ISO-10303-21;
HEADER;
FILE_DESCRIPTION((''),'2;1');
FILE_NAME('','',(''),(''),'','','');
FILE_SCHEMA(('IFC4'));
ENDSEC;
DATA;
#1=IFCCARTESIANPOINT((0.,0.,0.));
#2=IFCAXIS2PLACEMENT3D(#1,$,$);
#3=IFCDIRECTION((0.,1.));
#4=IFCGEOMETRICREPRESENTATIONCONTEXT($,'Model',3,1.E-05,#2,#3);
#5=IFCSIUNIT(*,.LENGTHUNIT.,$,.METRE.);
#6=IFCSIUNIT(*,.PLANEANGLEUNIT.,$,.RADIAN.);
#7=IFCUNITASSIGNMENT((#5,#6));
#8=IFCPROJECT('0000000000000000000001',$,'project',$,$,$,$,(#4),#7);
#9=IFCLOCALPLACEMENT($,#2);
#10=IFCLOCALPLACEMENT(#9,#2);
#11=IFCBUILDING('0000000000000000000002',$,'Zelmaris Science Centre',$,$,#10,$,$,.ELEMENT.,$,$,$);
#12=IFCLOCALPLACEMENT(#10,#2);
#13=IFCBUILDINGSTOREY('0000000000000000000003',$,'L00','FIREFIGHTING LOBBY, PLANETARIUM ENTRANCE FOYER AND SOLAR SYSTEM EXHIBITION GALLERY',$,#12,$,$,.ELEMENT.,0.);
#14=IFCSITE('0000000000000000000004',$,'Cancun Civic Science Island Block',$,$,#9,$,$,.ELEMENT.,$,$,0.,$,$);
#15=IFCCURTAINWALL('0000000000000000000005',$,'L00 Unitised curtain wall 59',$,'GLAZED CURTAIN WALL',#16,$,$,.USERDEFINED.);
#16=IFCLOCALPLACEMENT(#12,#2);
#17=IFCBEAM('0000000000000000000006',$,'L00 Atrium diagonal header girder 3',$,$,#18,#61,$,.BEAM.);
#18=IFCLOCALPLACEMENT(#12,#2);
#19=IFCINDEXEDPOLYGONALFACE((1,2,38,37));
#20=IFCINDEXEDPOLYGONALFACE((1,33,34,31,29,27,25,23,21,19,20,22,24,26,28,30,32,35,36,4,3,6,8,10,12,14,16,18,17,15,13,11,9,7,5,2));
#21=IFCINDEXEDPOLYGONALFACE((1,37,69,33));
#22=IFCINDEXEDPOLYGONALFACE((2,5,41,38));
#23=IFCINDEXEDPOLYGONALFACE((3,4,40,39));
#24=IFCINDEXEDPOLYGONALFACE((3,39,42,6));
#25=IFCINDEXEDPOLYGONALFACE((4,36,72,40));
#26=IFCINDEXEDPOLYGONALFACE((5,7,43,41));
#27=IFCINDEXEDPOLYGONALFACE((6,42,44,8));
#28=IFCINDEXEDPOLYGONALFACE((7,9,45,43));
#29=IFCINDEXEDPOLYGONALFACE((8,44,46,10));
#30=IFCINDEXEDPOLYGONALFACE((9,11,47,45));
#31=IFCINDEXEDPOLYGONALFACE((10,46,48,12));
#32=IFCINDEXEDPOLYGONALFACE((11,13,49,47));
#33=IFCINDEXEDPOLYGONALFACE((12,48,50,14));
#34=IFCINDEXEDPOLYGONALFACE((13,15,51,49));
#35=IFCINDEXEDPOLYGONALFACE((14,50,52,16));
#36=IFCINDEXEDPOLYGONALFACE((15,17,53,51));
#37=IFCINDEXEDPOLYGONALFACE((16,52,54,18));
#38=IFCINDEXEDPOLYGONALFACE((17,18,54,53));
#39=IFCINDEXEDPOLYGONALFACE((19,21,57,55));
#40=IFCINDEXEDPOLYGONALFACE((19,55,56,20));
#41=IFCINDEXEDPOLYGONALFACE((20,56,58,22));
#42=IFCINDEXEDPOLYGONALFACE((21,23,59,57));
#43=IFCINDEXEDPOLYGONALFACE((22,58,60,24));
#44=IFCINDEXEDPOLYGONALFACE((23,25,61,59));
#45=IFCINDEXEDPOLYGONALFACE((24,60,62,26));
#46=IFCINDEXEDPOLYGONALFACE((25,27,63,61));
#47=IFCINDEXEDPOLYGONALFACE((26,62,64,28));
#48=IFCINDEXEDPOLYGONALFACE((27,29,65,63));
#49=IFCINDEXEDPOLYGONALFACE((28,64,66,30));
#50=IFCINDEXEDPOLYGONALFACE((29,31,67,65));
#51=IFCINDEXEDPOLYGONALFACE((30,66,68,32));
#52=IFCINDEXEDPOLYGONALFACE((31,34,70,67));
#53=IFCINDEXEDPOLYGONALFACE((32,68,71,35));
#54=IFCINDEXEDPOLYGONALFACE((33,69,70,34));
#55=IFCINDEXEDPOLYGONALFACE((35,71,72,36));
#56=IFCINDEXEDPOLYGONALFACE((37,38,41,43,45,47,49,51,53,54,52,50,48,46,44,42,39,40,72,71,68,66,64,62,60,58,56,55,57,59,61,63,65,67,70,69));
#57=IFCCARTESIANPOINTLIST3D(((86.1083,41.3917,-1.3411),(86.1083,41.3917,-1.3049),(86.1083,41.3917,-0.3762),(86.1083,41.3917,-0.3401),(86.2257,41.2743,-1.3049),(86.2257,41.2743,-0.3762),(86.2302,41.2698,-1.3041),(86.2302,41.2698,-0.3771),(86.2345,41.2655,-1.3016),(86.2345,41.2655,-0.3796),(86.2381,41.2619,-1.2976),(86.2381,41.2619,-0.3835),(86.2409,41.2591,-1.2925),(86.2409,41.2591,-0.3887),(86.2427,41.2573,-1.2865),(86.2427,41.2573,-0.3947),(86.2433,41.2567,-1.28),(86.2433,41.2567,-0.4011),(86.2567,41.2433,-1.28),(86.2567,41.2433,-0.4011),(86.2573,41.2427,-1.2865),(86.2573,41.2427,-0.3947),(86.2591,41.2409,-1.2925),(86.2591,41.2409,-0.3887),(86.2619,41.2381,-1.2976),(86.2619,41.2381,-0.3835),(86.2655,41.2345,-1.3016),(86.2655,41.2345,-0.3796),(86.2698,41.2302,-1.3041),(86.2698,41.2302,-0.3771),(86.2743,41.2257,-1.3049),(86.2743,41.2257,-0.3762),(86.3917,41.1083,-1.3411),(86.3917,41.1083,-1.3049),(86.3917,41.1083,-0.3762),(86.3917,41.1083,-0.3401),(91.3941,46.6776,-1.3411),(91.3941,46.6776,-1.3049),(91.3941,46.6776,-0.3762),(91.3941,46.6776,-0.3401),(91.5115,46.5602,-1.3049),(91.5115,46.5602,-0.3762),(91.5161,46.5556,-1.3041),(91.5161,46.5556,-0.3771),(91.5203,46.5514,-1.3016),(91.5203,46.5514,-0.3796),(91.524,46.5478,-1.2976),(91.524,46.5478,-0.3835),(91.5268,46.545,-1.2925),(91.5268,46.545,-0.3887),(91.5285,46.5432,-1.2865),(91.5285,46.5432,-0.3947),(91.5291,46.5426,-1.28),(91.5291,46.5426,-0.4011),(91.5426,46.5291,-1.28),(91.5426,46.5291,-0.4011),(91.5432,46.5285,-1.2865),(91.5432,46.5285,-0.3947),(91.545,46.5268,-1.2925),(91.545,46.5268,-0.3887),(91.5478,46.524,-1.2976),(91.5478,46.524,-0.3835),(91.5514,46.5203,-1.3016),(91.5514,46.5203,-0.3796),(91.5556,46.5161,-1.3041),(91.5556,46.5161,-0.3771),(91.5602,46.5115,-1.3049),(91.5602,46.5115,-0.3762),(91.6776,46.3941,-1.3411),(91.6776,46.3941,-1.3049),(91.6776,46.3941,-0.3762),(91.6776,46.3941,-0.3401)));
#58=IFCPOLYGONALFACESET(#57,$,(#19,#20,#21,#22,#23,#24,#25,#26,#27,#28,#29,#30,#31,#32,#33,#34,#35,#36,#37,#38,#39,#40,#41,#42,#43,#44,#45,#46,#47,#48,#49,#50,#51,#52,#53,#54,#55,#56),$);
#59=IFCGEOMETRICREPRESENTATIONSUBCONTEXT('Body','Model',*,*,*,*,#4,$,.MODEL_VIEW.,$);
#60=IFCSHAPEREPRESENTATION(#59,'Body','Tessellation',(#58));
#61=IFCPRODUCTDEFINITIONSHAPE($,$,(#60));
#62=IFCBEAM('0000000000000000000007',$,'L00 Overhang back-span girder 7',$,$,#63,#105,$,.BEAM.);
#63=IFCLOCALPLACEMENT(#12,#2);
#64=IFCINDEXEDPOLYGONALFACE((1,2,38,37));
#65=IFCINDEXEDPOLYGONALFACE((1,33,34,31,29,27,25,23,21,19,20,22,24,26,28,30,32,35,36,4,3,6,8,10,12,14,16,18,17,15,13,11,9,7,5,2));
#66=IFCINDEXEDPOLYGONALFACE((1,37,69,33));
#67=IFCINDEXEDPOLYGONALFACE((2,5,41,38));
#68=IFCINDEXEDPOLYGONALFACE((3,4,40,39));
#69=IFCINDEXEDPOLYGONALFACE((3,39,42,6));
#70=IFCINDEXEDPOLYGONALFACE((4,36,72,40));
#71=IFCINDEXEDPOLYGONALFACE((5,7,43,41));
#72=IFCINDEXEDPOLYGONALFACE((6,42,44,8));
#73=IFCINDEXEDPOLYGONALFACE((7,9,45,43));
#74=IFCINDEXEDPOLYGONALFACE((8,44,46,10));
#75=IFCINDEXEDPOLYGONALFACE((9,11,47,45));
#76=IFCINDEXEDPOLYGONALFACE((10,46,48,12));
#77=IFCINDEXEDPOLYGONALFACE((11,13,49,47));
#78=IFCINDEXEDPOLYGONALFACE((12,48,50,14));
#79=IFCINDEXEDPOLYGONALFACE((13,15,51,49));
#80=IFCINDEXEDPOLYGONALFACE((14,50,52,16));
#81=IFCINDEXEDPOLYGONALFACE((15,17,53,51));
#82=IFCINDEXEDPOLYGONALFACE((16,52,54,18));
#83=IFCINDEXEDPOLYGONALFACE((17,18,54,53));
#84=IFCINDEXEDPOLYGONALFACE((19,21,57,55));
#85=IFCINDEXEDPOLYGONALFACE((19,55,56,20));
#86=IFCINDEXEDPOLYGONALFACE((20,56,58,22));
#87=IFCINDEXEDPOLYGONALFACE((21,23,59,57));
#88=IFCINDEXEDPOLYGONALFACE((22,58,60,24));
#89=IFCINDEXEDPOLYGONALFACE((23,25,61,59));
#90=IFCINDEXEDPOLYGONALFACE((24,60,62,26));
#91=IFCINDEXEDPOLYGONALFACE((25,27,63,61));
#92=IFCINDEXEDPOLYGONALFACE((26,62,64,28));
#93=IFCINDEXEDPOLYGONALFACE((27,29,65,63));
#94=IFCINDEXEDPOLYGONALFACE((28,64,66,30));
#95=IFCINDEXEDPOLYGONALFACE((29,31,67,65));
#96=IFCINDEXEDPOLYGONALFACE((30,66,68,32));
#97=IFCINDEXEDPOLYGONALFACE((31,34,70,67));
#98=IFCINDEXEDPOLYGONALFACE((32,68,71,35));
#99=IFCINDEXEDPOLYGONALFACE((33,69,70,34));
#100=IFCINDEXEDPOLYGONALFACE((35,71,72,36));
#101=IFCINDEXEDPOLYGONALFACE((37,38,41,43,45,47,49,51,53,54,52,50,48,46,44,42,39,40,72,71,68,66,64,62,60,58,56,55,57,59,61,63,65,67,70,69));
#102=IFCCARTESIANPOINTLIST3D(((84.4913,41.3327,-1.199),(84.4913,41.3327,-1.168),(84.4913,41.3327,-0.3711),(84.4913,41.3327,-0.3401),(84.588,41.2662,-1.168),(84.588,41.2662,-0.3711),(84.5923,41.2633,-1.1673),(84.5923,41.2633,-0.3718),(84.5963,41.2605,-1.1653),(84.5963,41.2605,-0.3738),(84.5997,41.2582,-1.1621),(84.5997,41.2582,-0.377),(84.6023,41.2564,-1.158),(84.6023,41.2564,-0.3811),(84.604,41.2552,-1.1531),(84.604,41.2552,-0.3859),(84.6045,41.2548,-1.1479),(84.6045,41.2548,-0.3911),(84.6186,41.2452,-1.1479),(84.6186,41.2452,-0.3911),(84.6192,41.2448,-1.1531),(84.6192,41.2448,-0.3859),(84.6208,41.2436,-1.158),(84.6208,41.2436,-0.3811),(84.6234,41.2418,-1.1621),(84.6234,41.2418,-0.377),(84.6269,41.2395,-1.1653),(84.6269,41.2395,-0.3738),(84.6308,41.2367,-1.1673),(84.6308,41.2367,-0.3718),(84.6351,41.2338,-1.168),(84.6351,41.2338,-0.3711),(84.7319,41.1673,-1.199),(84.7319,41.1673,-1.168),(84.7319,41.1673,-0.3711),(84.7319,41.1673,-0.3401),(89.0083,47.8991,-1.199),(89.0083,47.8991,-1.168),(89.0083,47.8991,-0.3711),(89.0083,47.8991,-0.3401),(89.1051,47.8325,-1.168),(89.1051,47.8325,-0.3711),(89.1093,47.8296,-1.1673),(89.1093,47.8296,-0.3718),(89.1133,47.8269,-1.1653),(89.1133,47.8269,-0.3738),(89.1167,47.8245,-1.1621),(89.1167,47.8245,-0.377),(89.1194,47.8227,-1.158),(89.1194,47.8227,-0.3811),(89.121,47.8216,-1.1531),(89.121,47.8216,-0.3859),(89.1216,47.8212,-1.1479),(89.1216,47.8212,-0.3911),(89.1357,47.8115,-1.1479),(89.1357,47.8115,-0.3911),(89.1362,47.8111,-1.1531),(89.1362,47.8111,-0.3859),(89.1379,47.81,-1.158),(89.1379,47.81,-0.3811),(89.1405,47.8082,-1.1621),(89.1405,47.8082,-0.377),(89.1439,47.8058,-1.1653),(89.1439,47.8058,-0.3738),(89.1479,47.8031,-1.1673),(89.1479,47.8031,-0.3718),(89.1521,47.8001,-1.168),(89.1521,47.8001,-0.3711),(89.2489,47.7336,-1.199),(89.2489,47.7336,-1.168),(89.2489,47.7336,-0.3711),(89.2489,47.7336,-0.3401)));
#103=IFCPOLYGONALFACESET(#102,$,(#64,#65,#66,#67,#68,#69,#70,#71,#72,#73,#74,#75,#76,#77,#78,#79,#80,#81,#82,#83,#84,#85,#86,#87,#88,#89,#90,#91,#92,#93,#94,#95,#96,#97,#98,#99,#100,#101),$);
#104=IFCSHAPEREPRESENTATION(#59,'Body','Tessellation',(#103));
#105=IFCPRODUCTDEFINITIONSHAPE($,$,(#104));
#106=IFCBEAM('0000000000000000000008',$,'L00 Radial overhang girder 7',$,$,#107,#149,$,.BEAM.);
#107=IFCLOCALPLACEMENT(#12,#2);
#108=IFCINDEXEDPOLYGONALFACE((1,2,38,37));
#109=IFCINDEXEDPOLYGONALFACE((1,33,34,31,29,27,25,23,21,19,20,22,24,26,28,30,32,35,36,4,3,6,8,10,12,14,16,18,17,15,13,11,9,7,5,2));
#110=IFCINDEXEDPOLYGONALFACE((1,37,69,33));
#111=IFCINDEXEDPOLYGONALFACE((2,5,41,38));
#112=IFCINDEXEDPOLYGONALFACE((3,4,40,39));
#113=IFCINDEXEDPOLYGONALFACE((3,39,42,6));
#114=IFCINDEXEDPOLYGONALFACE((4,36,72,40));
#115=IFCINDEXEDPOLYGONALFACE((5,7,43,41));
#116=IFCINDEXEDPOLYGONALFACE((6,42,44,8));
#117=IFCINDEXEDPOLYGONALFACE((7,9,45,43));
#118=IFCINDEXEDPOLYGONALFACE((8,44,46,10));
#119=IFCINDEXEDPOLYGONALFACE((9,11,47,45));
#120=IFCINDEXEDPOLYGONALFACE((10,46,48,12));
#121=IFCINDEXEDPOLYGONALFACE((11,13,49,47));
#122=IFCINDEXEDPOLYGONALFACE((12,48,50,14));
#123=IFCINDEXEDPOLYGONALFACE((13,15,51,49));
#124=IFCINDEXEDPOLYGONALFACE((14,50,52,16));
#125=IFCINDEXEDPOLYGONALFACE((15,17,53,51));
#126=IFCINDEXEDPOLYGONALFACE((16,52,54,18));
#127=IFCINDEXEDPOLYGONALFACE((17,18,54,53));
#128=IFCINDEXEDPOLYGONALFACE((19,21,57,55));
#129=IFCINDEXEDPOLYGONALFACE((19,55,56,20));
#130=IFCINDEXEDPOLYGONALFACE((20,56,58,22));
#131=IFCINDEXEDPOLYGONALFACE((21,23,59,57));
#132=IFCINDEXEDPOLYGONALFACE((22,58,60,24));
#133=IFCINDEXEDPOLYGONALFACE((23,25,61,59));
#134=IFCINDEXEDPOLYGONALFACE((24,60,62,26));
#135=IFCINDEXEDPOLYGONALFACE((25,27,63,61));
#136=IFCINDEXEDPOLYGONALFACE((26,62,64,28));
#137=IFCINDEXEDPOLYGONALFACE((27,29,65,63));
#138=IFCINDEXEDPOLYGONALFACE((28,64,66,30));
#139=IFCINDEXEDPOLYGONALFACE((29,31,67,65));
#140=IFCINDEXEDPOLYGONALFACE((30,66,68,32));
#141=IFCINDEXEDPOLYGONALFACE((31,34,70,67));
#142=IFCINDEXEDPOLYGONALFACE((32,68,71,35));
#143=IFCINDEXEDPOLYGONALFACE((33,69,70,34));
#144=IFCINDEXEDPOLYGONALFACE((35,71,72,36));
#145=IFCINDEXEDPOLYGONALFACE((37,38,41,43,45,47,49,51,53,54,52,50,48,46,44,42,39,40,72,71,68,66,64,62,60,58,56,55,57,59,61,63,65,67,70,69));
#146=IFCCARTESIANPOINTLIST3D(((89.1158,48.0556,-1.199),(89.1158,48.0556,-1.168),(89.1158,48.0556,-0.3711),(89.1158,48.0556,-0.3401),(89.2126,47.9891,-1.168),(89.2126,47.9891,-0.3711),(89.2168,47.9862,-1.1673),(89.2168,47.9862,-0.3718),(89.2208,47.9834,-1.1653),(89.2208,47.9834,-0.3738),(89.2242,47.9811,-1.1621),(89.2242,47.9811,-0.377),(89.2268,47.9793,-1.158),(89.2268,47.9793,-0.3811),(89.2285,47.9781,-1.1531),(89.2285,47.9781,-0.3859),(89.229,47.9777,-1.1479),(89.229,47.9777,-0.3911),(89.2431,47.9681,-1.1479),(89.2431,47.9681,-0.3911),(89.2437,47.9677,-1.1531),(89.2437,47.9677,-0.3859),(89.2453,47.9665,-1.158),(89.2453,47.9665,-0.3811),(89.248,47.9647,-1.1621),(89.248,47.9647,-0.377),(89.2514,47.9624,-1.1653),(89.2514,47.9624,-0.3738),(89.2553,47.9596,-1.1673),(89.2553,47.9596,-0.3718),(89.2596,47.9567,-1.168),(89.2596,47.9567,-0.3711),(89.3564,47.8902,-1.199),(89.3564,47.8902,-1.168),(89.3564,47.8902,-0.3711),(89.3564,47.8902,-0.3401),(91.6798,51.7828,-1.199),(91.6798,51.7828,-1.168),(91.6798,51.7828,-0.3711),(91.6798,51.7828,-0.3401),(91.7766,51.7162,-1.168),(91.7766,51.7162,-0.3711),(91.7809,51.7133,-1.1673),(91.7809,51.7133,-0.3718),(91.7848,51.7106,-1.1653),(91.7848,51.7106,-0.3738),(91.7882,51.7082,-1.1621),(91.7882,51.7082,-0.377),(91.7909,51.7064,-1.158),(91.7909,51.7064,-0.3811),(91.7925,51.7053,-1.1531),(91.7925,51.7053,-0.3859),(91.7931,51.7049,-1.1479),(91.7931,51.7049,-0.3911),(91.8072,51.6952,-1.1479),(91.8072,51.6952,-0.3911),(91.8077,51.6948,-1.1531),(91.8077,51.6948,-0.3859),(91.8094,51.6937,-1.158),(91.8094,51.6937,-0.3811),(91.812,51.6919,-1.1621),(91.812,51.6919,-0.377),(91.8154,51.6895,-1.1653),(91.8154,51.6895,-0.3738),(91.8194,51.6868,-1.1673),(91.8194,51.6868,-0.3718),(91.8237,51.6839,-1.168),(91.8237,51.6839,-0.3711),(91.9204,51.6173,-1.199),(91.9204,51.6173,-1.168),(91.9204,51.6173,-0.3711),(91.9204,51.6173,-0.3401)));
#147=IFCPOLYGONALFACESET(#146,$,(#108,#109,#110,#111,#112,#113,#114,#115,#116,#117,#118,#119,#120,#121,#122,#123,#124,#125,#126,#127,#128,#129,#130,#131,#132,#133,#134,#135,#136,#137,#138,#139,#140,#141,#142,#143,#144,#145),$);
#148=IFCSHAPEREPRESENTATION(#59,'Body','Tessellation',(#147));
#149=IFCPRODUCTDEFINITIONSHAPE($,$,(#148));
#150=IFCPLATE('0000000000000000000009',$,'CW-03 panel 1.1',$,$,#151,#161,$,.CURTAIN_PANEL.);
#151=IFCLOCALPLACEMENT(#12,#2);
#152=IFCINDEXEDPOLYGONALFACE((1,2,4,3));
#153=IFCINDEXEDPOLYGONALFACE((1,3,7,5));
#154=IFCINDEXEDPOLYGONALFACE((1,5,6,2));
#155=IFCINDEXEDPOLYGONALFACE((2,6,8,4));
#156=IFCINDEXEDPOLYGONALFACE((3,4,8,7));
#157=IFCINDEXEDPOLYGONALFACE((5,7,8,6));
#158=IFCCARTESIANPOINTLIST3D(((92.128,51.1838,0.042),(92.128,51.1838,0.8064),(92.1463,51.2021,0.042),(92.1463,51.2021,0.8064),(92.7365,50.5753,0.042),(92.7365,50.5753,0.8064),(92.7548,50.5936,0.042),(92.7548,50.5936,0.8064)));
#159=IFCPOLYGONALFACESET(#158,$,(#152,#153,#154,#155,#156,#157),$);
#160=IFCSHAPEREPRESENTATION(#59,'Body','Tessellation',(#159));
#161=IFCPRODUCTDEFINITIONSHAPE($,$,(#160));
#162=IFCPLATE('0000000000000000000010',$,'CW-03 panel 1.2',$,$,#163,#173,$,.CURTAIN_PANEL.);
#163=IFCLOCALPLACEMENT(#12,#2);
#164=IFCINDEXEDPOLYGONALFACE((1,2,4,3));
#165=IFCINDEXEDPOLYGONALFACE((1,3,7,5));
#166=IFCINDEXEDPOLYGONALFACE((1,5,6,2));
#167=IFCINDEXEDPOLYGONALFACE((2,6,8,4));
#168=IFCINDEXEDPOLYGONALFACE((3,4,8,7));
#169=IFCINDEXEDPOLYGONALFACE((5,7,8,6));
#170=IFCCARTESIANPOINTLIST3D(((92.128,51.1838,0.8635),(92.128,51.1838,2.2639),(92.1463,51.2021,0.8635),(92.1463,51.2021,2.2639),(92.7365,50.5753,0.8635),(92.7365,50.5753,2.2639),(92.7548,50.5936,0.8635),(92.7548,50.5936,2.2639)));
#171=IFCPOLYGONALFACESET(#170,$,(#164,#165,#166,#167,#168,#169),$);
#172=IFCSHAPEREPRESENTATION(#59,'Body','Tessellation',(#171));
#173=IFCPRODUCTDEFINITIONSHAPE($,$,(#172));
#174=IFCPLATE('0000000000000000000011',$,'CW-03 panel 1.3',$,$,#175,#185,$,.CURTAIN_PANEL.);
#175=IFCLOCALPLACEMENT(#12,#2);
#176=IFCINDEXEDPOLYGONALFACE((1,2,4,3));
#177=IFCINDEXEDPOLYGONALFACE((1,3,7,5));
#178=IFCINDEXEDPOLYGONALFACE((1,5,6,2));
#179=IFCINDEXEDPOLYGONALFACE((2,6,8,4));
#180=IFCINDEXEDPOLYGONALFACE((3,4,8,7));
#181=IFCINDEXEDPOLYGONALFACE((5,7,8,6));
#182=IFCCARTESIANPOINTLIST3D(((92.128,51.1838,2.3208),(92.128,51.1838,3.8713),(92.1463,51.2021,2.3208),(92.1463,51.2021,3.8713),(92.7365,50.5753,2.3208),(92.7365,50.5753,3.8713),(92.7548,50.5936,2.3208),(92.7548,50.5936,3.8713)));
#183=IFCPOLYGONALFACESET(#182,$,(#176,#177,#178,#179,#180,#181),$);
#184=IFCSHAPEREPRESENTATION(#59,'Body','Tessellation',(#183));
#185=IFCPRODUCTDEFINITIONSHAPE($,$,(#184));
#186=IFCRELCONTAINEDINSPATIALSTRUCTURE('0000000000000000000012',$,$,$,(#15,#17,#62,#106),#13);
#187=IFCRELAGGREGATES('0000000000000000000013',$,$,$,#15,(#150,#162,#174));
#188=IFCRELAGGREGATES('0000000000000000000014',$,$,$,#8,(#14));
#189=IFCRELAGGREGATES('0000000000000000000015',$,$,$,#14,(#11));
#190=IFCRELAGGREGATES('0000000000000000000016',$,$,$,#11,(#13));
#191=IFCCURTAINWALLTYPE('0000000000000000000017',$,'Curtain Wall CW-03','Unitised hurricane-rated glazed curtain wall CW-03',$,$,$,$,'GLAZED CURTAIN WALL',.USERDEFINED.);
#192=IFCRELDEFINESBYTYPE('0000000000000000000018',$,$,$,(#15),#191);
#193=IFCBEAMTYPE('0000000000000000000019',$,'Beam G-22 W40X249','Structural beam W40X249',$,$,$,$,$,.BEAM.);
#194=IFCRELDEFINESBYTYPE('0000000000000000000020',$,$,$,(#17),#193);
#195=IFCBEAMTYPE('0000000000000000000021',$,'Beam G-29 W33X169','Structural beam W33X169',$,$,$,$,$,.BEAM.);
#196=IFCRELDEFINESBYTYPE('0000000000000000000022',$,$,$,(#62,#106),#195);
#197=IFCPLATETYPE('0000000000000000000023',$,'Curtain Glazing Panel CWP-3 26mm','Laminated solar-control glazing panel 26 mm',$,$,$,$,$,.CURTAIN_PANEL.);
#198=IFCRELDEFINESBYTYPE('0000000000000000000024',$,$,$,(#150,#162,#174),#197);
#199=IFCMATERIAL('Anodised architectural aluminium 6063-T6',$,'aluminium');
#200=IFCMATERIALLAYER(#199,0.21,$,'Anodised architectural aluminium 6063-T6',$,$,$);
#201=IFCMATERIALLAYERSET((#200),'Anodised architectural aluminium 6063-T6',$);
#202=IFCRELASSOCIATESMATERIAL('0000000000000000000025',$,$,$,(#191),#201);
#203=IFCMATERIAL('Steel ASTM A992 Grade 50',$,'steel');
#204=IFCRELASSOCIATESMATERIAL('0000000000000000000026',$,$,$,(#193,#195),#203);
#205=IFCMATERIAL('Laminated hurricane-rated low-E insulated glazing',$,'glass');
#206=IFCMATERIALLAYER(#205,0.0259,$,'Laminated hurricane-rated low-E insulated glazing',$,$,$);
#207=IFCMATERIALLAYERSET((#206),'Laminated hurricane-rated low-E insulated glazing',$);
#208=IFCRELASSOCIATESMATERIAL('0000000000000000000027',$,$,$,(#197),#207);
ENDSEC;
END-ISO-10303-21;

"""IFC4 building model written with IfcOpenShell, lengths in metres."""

from ifc_helpers import new_model, si_unit, direction, frame, origin, origin_2d, place, context, subcontext, project, spatial, rectangle, i_section, extrude, material, layer, layer_set, material_profile, profile_set, type_object, element, aggregate, save


model = new_model("IFC4")

# Units and contexts
model_context = context("Model", 3, precision=1e-05, world=origin(), true_north=direction((0.0, 1.0)))
body_context = subcontext(model_context, "Body", "Model", "MODEL_VIEW")
ifc_project = project(units=[si_unit("LENGTHUNIT", "METRE"), si_unit("PLANEANGLEUNIT", "RADIAN")], contexts=[model_context])

# Site, building, storey
site_placement = place(None, origin())
site = spatial("IfcSite", under=ifc_project, at=site_placement, Name="Cancun Civic Science Island Block", CompositionType="ELEMENT", RefElevation=0.0)
building_placement = place(site_placement, origin())
building = spatial("IfcBuilding", under=site, at=building_placement, Name="Zelmaris Science Centre", CompositionType="ELEMENT")
storey_placement = place(building_placement, origin())
storey = spatial("IfcBuildingStorey", under=building, at=storey_placement, Name="L00", Description="FIREFIGHTING LOBBY, PLANETARIUM ENTRANCE FOYER AND SOLAR SYSTEM EXHIBITION GALLERY", CompositionType="ELEMENT", Elevation=0.0)

# Shared definitions
ifc_material_1 = material(Name="Steel ASTM A992 Grade 50", Category="steel")

# Curtain wall
ifc_material_2 = material(Name="Anodised architectural aluminium 6063-T6", Category="aluminium")
ifc_layer_1 = layer(ifc_material_2, 0.21, Name="Anodised architectural aluminium 6063-T6")
ifc_layer_set_1 = layer_set([ifc_layer_1], Name="Anodised architectural aluminium 6063-T6")
curtain_wall_type = type_object("IfcCurtainWallType", Name="Curtain Wall CW-03", Description="Unitised hurricane-rated glazed curtain wall CW-03", ElementType="GLAZED CURTAIN WALL", PredefinedType="USERDEFINED", material=ifc_layer_set_1)
curtain_wall_placement = place(storey_placement, origin())
curtain_wall = element("IfcCurtainWall", 1, at=curtain_wall_placement, inside=storey, type_object=curtain_wall_type, Name="L00 Unitised curtain wall 59", ObjectType="GLAZED CURTAIN WALL", PredefinedType="USERDEFINED")

# Beams
ifc_material_profile_1 = material_profile(ifc_material_1, i_section(OverallWidth=0.4009, OverallDepth=1.001, WebThickness=0.019, FlangeThickness=0.0361, FilletRadius=0.0249, at=origin_2d()), Name="W40X249")
ifc_profile_set_1 = profile_set([ifc_material_profile_1], Name="Steel ASTM A992 Grade 50")
beam_type_1 = type_object("IfcBeamType", Name="Beam G-22 W40X249", Description="Structural beam W40X249", PredefinedType="BEAM", material=ifc_profile_set_1)
beam_1_placement = place(storey_placement, frame((86.25, 41.25, -0.8406), z_axis=(0.707107, 0.707107, 0.0), x_axis=(-0.707107, 0.707107, 0.0)))
element("IfcBeam", 2, at=beam_1_placement, inside=storey, type_object=beam_type_1, Name="L00 Atrium diagonal header girder 3", PredefinedType="BEAM", context=body_context, shape_type="SweptSolid", body=[
    extrude(i_section(OverallWidth=0.4009, OverallDepth=1.001, WebThickness=0.019, FlangeThickness=0.0361, FilletRadius=0.0249, at=origin_2d()), origin(), (0.0, 0.0, 1.0), 7.4753),
])
ifc_material_profile_2 = material_profile(ifc_material_1, i_section(OverallWidth=0.292, OverallDepth=0.8589, WebThickness=0.0171, FlangeThickness=0.031, FilletRadius=0.02, at=origin_2d()), Name="W33X169")
ifc_profile_set_2 = profile_set([ifc_material_profile_2], Name="Steel ASTM A992 Grade 50")
beam_type_2 = type_object("IfcBeamType", Name="Beam G-29 W33X169", Description="Structural beam W33X169", PredefinedType="BEAM", material=ifc_profile_set_2)
beam_2_placement = place(storey_placement, frame((84.6116, 41.25, -0.7695), z_axis=(0.566758, 0.823885, 0.0), x_axis=(-0.823885, 0.566758, 0.0)))
element("IfcBeam", 3, at=beam_2_placement, inside=storey, type_object=beam_type_2, Name="L00 Overhang back-span girder 7", PredefinedType="BEAM", context=body_context, shape_type="SweptSolid", body=[
    extrude(i_section(OverallWidth=0.292, OverallDepth=0.8589, WebThickness=0.0171, FlangeThickness=0.031, FilletRadius=0.02, at=origin_2d()), origin(), (0.0, 0.0, 1.0), 7.97),
])
beam_3_placement = place(storey_placement, frame((89.2361, 47.9729, -0.7695), z_axis=(0.566772, 0.823875, 0.0), x_axis=(-0.823875, 0.566772, 0.0)))
element("IfcBeam", 4, at=beam_3_placement, inside=storey, type_object=beam_type_2, Name="L00 Radial overhang girder 7", PredefinedType="BEAM", context=body_context, shape_type="SweptSolid", body=[
    extrude(i_section(OverallWidth=0.292, OverallDepth=0.8589, WebThickness=0.0171, FlangeThickness=0.031, FilletRadius=0.02, at=origin_2d()), origin(), (0.0, 0.0, 1.0), 4.5239),
])

# Plates
ifc_material_3 = material(Name="Laminated hurricane-rated low-E insulated glazing", Category="glass")
ifc_layer_2 = layer(ifc_material_3, 0.0259, Name="Laminated hurricane-rated low-E insulated glazing")
ifc_layer_set_2 = layer_set([ifc_layer_2], Name="Laminated hurricane-rated low-E insulated glazing")
plate_type = type_object("IfcPlateType", Name="Curtain Glazing Panel CWP-3 26mm", Description="Laminated solar-control glazing panel 26 mm", PredefinedType="CURTAIN_PANEL", material=ifc_layer_set_2)
plate_1_placement = place(storey_placement, frame((92.4414, 50.8887, 0.042), z_axis=(0.0, 0.0, 1.0), x_axis=(0.707107, -0.707107, 0.0)))
plate_1 = element("IfcPlate", 5, at=plate_1_placement, type_object=plate_type, Name="CW-03 panel 1.1", PredefinedType="CURTAIN_PANEL", context=body_context, shape_type="SweptSolid", body=[
    extrude(rectangle(XDim=0.8606, YDim=0.0259, at=origin_2d()), origin(), (0.0, 0.0, 1.0), 0.7644),
])
plate_2_placement = place(storey_placement, frame((92.4414, 50.8887, 0.8635), z_axis=(0.0, 0.0, 1.0), x_axis=(0.707107, -0.707107, 0.0)))
plate_2 = element("IfcPlate", 6, at=plate_2_placement, type_object=plate_type, Name="CW-03 panel 1.2", PredefinedType="CURTAIN_PANEL", context=body_context, shape_type="SweptSolid", body=[
    extrude(rectangle(XDim=0.8606, YDim=0.0259, at=origin_2d()), origin(), (0.0, 0.0, 1.0), 1.4004),
])
plate_3_placement = place(storey_placement, frame((92.4414, 50.8887, 2.3208), z_axis=(0.0, 0.0, 1.0), x_axis=(0.707107, -0.707107, 0.0)))
plate_3 = element("IfcPlate", 7, at=plate_3_placement, type_object=plate_type, Name="CW-03 panel 1.3", PredefinedType="CURTAIN_PANEL", context=body_context, shape_type="SweptSolid", body=[
    extrude(rectangle(XDim=0.8606, YDim=0.0259, at=origin_2d()), origin(), (0.0, 0.0, 1.0), 1.5505),
])
aggregate(curtain_wall, [plate_1, plate_2, plate_3])

save(model, "model.ifc")
